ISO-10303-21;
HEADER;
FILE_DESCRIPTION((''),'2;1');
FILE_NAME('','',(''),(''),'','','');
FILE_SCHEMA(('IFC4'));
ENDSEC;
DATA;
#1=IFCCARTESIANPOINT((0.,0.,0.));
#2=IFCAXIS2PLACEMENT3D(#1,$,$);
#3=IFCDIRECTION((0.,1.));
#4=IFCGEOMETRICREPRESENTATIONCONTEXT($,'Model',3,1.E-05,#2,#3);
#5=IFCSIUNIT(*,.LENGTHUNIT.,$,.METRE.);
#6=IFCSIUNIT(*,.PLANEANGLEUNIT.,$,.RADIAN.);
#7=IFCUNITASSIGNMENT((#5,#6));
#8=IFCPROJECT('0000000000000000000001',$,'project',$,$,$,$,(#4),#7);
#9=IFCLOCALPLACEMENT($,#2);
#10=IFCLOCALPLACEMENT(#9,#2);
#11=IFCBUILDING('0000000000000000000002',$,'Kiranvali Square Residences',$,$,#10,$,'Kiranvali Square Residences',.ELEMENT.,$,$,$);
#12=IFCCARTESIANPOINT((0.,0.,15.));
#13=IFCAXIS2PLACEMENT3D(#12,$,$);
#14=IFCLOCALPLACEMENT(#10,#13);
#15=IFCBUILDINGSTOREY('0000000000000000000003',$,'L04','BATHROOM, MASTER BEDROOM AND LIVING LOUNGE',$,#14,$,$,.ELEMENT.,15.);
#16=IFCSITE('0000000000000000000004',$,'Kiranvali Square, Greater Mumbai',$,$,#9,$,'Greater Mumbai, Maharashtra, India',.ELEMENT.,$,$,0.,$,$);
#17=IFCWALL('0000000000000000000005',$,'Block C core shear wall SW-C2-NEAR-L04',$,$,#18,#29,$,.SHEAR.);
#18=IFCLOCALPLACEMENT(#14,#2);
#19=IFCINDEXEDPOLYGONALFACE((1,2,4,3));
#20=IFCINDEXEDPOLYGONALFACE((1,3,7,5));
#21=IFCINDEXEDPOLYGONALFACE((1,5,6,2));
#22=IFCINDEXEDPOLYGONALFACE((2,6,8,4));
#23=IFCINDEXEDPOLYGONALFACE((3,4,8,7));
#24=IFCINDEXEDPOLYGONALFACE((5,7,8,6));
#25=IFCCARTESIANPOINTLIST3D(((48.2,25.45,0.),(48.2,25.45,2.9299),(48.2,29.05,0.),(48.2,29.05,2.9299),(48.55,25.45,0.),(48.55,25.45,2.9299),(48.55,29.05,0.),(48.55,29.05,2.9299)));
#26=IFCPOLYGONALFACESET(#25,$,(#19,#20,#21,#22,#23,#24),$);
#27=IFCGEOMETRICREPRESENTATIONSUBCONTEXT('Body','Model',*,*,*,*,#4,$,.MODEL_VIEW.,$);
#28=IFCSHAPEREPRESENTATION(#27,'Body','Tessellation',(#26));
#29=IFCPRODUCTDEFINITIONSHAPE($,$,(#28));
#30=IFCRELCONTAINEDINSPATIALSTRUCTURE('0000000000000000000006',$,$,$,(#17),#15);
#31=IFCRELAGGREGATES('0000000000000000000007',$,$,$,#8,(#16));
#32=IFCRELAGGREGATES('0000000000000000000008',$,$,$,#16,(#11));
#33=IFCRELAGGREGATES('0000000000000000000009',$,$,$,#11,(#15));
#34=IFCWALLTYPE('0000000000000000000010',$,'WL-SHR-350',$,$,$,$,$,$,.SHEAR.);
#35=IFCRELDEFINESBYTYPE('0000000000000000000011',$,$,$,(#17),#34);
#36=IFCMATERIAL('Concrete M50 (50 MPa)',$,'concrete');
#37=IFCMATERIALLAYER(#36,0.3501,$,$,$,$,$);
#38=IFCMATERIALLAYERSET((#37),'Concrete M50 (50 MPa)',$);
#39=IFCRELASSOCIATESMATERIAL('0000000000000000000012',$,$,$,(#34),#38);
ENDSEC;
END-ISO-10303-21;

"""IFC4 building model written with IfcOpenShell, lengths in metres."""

from ifc_helpers import new_model, si_unit, direction, frame, frame_2d, origin, place, context, subcontext, project, spatial, rectangle, extrude, material, layer, layer_set, type_object, element, save


model = new_model("IFC4")

# Units and contexts
model_context = context("Model", 3, precision=1e-05, world=origin(), true_north=direction((0.0, 1.0)))
body_context = subcontext(model_context, "Body", "Model", "MODEL_VIEW")
ifc_project = project(units=[si_unit("LENGTHUNIT", "METRE"), si_unit("PLANEANGLEUNIT", "RADIAN")], contexts=[model_context])

# Site, building, storey
site_placement = place(None, origin())
site = spatial("IfcSite", under=ifc_project, at=site_placement, Name="Kiranvali Square, Greater Mumbai", LongName="Greater Mumbai, Maharashtra, India", CompositionType="ELEMENT", RefElevation=0.0)
building_placement = place(site_placement, origin())
building = spatial("IfcBuilding", under=site, at=building_placement, Name="Kiranvali Square Residences", LongName="Kiranvali Square Residences", CompositionType="ELEMENT")
storey_placement = place(building_placement, frame((0.0, 0.0, 15.0)))
storey = spatial("IfcBuildingStorey", under=building, at=storey_placement, Name="L04", Description="BATHROOM, MASTER BEDROOM AND LIVING LOUNGE", CompositionType="ELEMENT", Elevation=15.0)

# Wall
ifc_material_1 = material(Name="Concrete M50 (50 MPa)", Category="concrete")
ifc_layer_1 = layer(ifc_material_1, 0.3501)
ifc_layer_set_1 = layer_set([ifc_layer_1], Name="Concrete M50 (50 MPa)")
wall_type_1 = type_object("IfcWallType", Name="WL-SHR-350", PredefinedType="SHEAR", material=ifc_layer_set_1)
wall_1_placement = place(storey_placement, frame((48.375, 29.05, 0.0), z_axis=(0.0, 0.0, 1.0), x_axis=(0.0, -1.0, 0.0)))
element("IfcWall", 1, at=wall_1_placement, inside=storey, type_object=wall_type_1, Name="Block C core shear wall SW-C2-NEAR-L04", PredefinedType="SHEAR", context=body_context, shape_type="SweptSolid", body=[
    extrude(rectangle(XDim=3.6001, YDim=0.3501, at=frame_2d((1.8, 0.0))), origin(), (0.0, 0.0, 1.0), 2.9299),
])

save(model, "model.ifc")
